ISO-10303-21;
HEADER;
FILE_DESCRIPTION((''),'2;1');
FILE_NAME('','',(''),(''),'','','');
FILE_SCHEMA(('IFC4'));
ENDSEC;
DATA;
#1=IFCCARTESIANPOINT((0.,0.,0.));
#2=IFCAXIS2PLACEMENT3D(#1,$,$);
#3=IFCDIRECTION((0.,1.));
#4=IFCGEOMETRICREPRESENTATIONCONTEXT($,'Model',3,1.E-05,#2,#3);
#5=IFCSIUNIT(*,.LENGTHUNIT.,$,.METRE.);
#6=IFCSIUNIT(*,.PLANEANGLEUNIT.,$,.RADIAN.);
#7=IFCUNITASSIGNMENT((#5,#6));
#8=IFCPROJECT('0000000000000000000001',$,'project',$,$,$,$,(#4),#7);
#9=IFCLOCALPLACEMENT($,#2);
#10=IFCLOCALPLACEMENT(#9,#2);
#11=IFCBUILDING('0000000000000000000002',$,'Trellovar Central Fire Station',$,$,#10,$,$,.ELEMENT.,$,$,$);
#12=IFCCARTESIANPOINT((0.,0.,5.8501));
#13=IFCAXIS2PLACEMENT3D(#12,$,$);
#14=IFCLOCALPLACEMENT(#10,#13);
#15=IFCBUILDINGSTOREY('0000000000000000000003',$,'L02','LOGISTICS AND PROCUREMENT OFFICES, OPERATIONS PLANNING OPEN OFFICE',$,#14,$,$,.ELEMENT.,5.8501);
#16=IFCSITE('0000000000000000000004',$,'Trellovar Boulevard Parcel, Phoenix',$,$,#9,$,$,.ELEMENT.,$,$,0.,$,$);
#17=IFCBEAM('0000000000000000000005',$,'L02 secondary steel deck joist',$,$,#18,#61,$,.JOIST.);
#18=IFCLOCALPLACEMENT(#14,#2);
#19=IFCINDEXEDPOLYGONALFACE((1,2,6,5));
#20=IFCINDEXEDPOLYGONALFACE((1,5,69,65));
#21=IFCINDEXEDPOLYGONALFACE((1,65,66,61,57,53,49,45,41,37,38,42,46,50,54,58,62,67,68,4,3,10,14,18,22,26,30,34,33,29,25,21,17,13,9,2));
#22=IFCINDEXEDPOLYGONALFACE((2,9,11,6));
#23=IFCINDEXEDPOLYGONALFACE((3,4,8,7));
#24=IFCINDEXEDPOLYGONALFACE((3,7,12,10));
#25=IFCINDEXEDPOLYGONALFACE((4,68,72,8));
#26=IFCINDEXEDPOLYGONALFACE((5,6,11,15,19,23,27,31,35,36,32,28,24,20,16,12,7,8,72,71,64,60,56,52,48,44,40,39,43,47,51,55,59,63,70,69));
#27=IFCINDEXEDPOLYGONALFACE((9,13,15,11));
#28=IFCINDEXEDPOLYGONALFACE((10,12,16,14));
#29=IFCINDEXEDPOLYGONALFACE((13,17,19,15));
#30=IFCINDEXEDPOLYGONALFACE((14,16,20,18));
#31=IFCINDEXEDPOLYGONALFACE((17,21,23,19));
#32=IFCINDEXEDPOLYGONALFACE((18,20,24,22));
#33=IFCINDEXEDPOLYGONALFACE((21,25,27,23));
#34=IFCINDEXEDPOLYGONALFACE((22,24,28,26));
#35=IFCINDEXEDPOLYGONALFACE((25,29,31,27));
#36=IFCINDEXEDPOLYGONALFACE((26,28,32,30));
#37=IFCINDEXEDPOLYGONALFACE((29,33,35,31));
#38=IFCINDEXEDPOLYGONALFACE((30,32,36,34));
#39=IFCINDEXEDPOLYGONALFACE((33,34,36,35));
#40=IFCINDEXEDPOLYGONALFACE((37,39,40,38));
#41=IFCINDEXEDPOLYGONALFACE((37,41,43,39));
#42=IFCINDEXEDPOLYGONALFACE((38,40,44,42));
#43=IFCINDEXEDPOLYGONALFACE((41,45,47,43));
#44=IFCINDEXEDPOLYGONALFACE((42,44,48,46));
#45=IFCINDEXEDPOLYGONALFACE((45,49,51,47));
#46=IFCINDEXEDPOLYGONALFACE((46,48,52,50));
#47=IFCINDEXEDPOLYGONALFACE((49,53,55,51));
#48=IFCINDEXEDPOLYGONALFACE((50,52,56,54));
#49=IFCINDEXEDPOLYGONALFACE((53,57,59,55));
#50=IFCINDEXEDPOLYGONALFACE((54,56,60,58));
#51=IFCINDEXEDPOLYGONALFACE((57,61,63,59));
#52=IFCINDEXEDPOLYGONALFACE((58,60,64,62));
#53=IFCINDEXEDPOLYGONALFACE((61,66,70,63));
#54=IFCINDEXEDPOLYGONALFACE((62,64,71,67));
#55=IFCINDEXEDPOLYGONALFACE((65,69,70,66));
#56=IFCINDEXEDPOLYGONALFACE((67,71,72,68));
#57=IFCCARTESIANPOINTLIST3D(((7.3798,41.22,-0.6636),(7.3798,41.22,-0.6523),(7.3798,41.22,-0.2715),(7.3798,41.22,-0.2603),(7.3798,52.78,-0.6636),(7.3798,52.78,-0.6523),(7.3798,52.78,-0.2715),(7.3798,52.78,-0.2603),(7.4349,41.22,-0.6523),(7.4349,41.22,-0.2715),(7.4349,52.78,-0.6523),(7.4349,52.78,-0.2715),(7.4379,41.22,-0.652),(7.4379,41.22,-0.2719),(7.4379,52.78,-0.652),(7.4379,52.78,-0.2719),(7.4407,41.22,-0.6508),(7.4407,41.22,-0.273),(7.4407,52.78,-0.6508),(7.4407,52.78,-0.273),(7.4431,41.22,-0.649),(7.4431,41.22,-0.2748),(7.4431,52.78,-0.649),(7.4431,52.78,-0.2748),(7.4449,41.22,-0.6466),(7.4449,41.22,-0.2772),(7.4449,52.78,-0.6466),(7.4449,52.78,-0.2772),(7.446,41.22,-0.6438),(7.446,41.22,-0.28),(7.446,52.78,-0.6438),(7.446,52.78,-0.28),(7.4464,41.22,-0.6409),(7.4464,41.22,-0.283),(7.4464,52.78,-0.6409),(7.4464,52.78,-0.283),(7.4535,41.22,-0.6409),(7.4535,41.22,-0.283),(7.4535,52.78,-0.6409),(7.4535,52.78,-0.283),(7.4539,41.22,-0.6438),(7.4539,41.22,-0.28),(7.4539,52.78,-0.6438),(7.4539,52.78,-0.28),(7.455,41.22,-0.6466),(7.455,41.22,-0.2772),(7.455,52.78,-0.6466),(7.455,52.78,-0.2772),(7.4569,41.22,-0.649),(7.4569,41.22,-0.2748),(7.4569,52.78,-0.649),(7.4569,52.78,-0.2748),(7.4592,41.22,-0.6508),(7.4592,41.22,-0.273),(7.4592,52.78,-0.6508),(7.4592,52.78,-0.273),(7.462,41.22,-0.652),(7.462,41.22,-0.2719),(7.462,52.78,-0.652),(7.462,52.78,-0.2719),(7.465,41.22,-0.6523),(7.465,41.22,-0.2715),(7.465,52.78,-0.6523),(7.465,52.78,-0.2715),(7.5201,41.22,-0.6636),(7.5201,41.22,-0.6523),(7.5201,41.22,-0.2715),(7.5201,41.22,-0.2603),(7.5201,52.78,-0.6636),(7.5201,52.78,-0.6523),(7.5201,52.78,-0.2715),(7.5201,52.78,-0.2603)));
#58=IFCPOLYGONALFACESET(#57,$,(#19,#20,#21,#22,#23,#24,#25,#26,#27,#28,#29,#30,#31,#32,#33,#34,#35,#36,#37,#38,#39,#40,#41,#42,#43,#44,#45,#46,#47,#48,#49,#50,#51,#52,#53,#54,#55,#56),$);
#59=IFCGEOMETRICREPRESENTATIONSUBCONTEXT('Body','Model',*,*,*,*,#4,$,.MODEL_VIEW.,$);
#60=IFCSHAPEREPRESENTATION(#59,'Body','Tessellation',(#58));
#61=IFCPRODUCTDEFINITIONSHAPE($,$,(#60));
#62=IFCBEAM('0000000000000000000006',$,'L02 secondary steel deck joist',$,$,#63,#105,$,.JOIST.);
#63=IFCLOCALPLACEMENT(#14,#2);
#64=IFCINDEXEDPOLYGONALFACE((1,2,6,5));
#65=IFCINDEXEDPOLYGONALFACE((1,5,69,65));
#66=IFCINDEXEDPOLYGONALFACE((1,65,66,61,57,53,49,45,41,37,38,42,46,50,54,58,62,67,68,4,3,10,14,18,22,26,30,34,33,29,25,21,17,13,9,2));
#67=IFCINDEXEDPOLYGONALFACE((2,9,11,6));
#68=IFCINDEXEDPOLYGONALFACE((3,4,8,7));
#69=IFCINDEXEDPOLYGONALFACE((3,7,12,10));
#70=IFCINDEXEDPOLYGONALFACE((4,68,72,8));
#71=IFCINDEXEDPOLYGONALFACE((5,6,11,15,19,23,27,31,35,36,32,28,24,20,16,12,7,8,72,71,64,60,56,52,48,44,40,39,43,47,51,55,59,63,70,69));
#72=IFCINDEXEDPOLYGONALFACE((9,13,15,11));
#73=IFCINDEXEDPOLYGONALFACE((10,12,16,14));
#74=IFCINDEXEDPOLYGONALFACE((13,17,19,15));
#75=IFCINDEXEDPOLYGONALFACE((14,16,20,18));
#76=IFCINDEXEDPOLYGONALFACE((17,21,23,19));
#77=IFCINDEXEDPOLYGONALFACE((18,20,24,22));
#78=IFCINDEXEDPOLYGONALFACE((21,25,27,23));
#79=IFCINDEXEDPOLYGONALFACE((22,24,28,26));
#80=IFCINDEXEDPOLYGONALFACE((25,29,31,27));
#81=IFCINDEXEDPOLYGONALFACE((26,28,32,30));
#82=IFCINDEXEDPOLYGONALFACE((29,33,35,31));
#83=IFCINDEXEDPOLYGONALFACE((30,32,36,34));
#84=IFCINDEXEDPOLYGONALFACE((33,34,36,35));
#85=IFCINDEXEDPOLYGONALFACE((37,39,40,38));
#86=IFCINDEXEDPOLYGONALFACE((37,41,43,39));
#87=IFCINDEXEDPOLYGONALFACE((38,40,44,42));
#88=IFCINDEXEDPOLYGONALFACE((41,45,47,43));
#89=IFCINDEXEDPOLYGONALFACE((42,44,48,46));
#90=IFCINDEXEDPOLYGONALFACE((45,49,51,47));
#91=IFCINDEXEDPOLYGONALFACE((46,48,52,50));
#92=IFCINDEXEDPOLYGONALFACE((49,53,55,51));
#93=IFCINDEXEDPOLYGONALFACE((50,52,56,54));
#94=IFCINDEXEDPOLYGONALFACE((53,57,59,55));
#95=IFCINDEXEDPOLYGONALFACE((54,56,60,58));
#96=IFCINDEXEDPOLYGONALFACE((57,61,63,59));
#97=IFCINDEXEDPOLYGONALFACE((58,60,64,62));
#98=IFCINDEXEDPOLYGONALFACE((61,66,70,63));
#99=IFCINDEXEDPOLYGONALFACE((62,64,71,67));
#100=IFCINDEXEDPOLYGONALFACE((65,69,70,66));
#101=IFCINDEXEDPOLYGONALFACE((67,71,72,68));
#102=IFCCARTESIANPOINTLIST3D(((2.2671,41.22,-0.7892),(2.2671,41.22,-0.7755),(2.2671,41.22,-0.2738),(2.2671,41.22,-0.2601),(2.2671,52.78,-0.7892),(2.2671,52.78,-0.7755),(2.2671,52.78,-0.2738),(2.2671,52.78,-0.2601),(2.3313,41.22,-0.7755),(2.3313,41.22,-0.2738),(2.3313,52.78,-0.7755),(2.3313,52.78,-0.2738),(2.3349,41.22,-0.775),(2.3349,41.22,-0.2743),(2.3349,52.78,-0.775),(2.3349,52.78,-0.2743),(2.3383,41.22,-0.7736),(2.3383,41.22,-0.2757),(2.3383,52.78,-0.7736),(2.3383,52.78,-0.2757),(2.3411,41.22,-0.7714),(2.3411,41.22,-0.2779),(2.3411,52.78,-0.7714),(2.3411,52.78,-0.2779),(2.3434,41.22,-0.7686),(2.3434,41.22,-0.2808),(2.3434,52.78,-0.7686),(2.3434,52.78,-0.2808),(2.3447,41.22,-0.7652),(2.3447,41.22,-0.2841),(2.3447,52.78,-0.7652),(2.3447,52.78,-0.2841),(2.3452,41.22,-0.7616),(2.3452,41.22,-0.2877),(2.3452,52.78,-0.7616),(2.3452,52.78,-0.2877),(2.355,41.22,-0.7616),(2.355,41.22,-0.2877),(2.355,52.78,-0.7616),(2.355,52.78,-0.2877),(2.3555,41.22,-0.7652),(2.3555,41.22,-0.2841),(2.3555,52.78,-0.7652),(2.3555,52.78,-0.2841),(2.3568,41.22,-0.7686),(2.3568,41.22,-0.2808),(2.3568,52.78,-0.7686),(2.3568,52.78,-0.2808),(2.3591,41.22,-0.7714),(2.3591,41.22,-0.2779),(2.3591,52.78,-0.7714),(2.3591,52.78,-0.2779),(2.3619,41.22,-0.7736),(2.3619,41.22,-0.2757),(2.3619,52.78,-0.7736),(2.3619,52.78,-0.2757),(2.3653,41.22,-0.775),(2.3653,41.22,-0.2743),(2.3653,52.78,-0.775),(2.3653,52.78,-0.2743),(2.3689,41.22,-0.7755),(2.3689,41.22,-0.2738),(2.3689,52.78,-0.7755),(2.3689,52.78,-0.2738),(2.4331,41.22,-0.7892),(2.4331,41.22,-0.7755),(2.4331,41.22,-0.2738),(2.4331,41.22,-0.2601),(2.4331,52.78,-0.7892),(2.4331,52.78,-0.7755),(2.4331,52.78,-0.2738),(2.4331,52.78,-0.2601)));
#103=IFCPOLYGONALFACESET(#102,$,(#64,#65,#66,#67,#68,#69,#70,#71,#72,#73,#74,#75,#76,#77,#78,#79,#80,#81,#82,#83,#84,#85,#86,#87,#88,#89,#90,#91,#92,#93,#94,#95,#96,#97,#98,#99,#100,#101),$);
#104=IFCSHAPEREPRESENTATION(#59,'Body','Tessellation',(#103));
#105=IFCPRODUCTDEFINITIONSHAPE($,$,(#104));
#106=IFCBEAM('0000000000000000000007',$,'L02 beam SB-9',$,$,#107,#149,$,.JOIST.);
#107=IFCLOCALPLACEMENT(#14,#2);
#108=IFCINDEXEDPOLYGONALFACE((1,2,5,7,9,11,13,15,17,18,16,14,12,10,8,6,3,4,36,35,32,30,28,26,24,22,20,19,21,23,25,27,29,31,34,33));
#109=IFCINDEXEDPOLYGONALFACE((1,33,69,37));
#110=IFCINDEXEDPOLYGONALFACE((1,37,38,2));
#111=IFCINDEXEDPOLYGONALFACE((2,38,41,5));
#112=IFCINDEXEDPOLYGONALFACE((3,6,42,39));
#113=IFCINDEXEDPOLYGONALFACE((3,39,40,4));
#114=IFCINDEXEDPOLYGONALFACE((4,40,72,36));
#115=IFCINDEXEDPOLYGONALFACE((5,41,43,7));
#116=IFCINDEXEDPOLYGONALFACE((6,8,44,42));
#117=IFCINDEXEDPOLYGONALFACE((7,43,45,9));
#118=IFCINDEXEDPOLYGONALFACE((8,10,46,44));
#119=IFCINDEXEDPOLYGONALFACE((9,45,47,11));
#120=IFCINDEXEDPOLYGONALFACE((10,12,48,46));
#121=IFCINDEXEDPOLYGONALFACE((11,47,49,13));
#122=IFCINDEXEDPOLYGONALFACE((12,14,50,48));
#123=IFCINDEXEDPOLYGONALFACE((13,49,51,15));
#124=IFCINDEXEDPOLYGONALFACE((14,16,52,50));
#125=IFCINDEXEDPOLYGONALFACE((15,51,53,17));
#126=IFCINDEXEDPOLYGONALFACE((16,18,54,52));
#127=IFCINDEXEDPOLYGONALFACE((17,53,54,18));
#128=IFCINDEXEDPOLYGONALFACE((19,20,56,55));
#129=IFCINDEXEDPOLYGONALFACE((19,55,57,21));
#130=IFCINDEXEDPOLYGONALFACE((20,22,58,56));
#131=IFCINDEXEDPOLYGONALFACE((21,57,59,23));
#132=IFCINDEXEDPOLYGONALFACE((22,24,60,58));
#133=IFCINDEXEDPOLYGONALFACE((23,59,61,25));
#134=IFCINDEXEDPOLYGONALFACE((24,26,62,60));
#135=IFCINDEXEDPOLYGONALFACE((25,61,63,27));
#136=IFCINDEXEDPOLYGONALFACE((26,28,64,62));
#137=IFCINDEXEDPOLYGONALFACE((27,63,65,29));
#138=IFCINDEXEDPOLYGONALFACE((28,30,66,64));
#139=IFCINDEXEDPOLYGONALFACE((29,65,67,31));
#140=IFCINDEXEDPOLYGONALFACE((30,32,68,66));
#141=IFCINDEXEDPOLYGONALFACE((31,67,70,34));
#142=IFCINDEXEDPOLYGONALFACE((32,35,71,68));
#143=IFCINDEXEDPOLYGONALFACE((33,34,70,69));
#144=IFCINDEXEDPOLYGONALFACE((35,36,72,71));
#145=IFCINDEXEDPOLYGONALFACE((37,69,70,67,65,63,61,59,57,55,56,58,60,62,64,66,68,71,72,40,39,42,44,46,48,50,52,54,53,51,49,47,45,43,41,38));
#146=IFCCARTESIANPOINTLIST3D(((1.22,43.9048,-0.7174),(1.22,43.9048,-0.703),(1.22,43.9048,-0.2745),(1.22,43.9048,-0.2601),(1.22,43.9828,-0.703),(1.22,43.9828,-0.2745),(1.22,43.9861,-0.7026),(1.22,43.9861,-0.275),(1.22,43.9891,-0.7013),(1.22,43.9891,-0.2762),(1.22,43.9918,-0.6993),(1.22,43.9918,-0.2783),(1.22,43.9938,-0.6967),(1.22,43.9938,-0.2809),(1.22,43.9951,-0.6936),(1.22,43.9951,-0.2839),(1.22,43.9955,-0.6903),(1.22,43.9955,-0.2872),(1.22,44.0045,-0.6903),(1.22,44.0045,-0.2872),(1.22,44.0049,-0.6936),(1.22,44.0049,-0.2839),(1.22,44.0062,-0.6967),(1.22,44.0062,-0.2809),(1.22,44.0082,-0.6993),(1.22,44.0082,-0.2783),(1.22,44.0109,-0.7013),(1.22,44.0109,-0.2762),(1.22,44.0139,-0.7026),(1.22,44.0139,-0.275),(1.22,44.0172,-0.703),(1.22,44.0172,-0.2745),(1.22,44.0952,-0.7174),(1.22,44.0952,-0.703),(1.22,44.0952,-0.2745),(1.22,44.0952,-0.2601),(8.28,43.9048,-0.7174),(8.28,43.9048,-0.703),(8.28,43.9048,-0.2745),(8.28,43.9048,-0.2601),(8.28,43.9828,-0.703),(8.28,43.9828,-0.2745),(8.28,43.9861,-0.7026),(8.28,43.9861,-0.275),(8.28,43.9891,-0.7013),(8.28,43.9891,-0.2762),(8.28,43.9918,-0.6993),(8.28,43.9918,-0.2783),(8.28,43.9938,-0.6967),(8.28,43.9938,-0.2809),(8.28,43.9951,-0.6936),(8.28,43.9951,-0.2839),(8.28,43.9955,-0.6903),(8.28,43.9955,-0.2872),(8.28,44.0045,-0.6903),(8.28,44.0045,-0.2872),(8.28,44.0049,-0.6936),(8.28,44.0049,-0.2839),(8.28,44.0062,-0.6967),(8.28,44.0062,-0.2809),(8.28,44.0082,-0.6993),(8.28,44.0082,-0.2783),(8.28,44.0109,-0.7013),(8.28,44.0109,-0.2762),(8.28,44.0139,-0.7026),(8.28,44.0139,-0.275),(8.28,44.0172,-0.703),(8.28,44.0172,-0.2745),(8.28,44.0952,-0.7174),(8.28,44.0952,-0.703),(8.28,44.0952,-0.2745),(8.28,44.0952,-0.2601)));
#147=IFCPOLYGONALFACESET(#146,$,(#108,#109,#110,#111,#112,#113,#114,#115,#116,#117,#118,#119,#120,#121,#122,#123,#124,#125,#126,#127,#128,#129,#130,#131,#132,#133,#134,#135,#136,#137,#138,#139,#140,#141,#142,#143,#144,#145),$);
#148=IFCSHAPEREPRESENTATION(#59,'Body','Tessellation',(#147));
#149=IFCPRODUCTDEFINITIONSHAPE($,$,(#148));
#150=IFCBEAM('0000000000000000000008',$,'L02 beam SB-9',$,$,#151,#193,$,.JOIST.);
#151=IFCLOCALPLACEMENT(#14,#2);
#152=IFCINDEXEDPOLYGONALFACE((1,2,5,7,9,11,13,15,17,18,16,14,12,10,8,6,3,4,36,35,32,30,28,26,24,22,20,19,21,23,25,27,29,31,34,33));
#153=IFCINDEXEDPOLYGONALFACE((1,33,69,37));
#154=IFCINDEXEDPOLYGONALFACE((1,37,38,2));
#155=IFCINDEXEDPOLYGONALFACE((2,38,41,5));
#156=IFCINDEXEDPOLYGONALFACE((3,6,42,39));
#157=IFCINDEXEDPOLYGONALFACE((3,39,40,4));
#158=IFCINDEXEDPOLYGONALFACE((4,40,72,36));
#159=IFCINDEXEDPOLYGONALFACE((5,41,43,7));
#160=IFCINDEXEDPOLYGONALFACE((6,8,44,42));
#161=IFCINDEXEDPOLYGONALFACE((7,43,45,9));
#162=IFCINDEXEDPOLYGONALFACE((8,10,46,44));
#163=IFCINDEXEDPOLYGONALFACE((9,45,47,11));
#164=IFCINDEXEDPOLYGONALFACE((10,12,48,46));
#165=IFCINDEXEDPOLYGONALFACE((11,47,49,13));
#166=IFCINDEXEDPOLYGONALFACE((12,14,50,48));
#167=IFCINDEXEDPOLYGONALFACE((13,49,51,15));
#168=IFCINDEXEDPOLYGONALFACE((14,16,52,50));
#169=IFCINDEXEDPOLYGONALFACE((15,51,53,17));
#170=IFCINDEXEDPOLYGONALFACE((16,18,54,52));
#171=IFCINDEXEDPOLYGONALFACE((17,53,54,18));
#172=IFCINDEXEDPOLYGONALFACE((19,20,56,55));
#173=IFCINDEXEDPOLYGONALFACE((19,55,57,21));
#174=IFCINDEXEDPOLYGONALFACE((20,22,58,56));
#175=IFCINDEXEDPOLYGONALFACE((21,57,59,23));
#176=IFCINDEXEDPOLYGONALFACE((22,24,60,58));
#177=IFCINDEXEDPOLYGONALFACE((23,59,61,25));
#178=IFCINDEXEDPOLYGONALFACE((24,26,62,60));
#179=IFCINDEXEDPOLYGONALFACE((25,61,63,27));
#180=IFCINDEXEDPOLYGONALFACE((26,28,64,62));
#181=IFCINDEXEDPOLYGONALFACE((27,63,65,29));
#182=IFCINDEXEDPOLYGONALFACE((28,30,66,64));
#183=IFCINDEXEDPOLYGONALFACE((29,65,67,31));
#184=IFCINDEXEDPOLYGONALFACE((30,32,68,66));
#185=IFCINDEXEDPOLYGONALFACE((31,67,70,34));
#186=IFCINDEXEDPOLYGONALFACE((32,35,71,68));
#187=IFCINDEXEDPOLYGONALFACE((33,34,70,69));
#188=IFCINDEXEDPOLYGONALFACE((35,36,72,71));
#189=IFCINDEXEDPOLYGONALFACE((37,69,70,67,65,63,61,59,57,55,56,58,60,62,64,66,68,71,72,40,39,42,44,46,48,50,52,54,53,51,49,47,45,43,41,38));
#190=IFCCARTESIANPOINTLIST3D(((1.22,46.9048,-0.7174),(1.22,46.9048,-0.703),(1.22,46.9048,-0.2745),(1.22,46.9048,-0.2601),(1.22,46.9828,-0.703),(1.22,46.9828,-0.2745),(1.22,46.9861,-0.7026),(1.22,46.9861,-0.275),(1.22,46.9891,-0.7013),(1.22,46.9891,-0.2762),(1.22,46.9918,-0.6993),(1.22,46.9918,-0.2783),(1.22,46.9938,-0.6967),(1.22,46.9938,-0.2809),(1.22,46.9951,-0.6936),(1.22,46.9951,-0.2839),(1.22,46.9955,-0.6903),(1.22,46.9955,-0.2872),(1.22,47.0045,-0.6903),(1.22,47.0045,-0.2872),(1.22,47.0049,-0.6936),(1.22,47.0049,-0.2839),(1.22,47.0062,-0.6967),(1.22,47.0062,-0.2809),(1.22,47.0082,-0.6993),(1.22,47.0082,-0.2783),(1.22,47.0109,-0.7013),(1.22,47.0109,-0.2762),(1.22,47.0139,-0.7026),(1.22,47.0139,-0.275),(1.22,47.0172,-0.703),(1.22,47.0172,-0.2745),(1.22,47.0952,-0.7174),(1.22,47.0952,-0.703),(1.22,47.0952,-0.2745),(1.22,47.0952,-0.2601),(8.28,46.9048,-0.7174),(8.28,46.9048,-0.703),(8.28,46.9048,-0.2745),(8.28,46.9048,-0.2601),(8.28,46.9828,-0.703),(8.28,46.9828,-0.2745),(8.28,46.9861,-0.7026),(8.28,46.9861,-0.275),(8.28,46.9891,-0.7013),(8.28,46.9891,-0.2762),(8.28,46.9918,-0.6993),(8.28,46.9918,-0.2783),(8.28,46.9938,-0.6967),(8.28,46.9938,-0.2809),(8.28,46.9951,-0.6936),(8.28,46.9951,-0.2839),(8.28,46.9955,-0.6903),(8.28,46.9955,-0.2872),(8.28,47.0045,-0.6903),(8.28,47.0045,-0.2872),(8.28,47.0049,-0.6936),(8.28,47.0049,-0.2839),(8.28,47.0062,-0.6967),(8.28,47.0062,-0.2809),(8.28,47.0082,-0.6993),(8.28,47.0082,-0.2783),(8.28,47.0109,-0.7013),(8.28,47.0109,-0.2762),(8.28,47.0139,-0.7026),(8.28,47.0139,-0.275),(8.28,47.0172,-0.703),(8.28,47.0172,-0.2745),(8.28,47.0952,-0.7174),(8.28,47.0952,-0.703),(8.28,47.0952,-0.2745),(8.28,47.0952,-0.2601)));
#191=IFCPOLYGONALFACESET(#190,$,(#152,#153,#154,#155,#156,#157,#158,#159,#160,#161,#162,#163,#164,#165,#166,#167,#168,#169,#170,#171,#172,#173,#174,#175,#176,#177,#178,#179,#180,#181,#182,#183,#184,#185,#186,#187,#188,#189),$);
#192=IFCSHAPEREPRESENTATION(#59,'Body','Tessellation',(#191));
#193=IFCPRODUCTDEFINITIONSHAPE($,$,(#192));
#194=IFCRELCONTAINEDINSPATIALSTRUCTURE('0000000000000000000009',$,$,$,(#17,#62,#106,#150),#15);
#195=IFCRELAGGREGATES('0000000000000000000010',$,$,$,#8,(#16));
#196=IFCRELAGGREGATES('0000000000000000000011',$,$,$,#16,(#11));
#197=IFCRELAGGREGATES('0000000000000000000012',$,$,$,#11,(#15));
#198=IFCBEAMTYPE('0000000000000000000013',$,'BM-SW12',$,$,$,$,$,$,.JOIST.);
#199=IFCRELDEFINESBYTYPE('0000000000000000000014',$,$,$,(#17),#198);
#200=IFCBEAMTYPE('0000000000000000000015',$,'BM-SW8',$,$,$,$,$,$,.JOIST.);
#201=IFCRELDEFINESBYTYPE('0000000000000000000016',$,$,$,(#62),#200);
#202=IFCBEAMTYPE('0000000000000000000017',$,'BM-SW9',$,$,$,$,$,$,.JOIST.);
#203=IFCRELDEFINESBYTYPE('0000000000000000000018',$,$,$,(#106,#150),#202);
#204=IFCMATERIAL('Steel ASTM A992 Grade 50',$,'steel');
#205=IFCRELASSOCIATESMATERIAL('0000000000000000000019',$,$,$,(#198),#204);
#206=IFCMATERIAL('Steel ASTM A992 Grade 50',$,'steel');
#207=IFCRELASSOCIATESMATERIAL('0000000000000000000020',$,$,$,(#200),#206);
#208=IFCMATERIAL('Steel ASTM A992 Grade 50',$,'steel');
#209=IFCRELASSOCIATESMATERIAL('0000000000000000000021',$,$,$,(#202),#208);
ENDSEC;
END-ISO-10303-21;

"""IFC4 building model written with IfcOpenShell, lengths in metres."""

from ifc_helpers import new_model, si_unit, direction, frame, origin, origin_2d, place, context, subcontext, project, spatial, i_section, extrude, material, material_profile, profile_set, type_object, element, save


model = new_model("IFC4")

# Units and contexts
model_context = context("Model", 3, precision=1e-05, world=origin(), true_north=direction((0.0, 1.0)))
body_context = subcontext(model_context, "Body", "Model", "MODEL_VIEW")
ifc_project = project(units=[si_unit("LENGTHUNIT", "METRE"), si_unit("PLANEANGLEUNIT", "RADIAN")], contexts=[model_context])

# Site, building, storey
site_placement = place(None, origin())
site = spatial("IfcSite", under=ifc_project, at=site_placement, Name="Trellovar Boulevard Parcel, Phoenix", CompositionType="ELEMENT", RefElevation=0.0)
building_placement = place(site_placement, origin())
building = spatial("IfcBuilding", under=site, at=building_placement, Name="Trellovar Central Fire Station", CompositionType="ELEMENT")
storey_placement = place(building_placement, frame((0.0, 0.0, 5.8501)))
storey = spatial("IfcBuildingStorey", under=building, at=storey_placement, Name="L02", Description="LOGISTICS AND PROCUREMENT OFFICES, OPERATIONS PLANNING OPEN OFFICE", CompositionType="ELEMENT", Elevation=5.8501)

# Beams
ifc_material_1 = material(Name="Steel ASTM A992 Grade 50", Category="steel")
ifc_material_profile_1 = material_profile(ifc_material_1, i_section(OverallWidth=0.1404, OverallDepth=0.4033, WebThickness=0.0071, FlangeThickness=0.0112, FilletRadius=0.0115, at=origin_2d()), Name="W16X31")
ifc_profile_set_1 = profile_set([ifc_material_profile_1], Name="Steel ASTM A992 Grade 50")
beam_type_1 = type_object("IfcBeamType", Name="BM-SW12", PredefinedType="JOIST", material=ifc_profile_set_1)
beam_1_placement = place(storey_placement, frame((7.45, 41.22, -0.4619), z_axis=(0.0, 1.0, 0.0), x_axis=(-1.0, 0.0, 0.0)))
element("IfcBeam", 1, at=beam_1_placement, inside=storey, type_object=beam_type_1, Name="L02 secondary steel deck joist", PredefinedType="JOIST", context=body_context, shape_type="SweptSolid", body=[
    extrude(i_section(OverallWidth=0.1404, OverallDepth=0.4033, WebThickness=0.0071, FlangeThickness=0.0112, FilletRadius=0.0115, at=origin_2d()), origin(), (0.0, 0.0, 1.0), 11.5601),
])
ifc_material_2 = material(Name="Steel ASTM A992 Grade 50", Category="steel")
ifc_material_profile_2 = material_profile(ifc_material_2, i_section(OverallWidth=0.166, OverallDepth=0.5291, WebThickness=0.0098, FlangeThickness=0.0137, FilletRadius=0.0139, at=origin_2d()), Name="W21X50")
ifc_profile_set_2 = profile_set([ifc_material_profile_2], Name="Steel ASTM A992 Grade 50")
beam_type_2 = type_object("IfcBeamType", Name="BM-SW8", PredefinedType="JOIST", material=ifc_profile_set_2)
beam_2_placement = place(storey_placement, frame((2.3501, 41.22, -0.5247), z_axis=(0.0, 1.0, 0.0), x_axis=(-1.0, 0.0, 0.0)))
element("IfcBeam", 2, at=beam_2_placement, inside=storey, type_object=beam_type_2, Name="L02 secondary steel deck joist", PredefinedType="JOIST", context=body_context, shape_type="SweptSolid", body=[
    extrude(i_section(OverallWidth=0.166, OverallDepth=0.5291, WebThickness=0.0098, FlangeThickness=0.0137, FilletRadius=0.0139, at=origin_2d()), origin(), (0.0, 0.0, 1.0), 11.5601),
])
ifc_material_3 = material(Name="Steel ASTM A992 Grade 50", Category="steel")
ifc_material_profile_3 = material_profile(ifc_material_3, i_section(OverallWidth=0.1904, OverallDepth=0.4573, WebThickness=0.009, FlangeThickness=0.0144, FilletRadius=0.0127, at=origin_2d()), Name="W18X50")
ifc_profile_set_3 = profile_set([ifc_material_profile_3], Name="Steel ASTM A992 Grade 50")
beam_type_3 = type_object("IfcBeamType", Name="BM-SW9", PredefinedType="JOIST", material=ifc_profile_set_3)
for number, where, z_axis, x_axis, name in (
    (3, (1.22, 44.0, -0.4888), (1.0, 0.0, 0.0), (0.0, 1.0, 0.0), "L02 beam SB-9"),
    (4, (1.22, 47.0, -0.4888), (1.0, 0.0, 0.0), (0.0, 1.0, 0.0), "L02 beam SB-9"),
):
    element("IfcBeam", number, at=place(storey_placement, frame(where, z_axis=z_axis, x_axis=x_axis)), inside=storey, type_object=beam_type_3, Name=name, PredefinedType="JOIST", context=body_context, shape_type="SweptSolid", body=[
        extrude(i_section(OverallWidth=0.1904, OverallDepth=0.4573, WebThickness=0.009, FlangeThickness=0.0144, FilletRadius=0.0127, at=origin_2d()), origin(), (0.0, 0.0, 1.0), 7.0601),
    ])

save(model, "model.ifc")
